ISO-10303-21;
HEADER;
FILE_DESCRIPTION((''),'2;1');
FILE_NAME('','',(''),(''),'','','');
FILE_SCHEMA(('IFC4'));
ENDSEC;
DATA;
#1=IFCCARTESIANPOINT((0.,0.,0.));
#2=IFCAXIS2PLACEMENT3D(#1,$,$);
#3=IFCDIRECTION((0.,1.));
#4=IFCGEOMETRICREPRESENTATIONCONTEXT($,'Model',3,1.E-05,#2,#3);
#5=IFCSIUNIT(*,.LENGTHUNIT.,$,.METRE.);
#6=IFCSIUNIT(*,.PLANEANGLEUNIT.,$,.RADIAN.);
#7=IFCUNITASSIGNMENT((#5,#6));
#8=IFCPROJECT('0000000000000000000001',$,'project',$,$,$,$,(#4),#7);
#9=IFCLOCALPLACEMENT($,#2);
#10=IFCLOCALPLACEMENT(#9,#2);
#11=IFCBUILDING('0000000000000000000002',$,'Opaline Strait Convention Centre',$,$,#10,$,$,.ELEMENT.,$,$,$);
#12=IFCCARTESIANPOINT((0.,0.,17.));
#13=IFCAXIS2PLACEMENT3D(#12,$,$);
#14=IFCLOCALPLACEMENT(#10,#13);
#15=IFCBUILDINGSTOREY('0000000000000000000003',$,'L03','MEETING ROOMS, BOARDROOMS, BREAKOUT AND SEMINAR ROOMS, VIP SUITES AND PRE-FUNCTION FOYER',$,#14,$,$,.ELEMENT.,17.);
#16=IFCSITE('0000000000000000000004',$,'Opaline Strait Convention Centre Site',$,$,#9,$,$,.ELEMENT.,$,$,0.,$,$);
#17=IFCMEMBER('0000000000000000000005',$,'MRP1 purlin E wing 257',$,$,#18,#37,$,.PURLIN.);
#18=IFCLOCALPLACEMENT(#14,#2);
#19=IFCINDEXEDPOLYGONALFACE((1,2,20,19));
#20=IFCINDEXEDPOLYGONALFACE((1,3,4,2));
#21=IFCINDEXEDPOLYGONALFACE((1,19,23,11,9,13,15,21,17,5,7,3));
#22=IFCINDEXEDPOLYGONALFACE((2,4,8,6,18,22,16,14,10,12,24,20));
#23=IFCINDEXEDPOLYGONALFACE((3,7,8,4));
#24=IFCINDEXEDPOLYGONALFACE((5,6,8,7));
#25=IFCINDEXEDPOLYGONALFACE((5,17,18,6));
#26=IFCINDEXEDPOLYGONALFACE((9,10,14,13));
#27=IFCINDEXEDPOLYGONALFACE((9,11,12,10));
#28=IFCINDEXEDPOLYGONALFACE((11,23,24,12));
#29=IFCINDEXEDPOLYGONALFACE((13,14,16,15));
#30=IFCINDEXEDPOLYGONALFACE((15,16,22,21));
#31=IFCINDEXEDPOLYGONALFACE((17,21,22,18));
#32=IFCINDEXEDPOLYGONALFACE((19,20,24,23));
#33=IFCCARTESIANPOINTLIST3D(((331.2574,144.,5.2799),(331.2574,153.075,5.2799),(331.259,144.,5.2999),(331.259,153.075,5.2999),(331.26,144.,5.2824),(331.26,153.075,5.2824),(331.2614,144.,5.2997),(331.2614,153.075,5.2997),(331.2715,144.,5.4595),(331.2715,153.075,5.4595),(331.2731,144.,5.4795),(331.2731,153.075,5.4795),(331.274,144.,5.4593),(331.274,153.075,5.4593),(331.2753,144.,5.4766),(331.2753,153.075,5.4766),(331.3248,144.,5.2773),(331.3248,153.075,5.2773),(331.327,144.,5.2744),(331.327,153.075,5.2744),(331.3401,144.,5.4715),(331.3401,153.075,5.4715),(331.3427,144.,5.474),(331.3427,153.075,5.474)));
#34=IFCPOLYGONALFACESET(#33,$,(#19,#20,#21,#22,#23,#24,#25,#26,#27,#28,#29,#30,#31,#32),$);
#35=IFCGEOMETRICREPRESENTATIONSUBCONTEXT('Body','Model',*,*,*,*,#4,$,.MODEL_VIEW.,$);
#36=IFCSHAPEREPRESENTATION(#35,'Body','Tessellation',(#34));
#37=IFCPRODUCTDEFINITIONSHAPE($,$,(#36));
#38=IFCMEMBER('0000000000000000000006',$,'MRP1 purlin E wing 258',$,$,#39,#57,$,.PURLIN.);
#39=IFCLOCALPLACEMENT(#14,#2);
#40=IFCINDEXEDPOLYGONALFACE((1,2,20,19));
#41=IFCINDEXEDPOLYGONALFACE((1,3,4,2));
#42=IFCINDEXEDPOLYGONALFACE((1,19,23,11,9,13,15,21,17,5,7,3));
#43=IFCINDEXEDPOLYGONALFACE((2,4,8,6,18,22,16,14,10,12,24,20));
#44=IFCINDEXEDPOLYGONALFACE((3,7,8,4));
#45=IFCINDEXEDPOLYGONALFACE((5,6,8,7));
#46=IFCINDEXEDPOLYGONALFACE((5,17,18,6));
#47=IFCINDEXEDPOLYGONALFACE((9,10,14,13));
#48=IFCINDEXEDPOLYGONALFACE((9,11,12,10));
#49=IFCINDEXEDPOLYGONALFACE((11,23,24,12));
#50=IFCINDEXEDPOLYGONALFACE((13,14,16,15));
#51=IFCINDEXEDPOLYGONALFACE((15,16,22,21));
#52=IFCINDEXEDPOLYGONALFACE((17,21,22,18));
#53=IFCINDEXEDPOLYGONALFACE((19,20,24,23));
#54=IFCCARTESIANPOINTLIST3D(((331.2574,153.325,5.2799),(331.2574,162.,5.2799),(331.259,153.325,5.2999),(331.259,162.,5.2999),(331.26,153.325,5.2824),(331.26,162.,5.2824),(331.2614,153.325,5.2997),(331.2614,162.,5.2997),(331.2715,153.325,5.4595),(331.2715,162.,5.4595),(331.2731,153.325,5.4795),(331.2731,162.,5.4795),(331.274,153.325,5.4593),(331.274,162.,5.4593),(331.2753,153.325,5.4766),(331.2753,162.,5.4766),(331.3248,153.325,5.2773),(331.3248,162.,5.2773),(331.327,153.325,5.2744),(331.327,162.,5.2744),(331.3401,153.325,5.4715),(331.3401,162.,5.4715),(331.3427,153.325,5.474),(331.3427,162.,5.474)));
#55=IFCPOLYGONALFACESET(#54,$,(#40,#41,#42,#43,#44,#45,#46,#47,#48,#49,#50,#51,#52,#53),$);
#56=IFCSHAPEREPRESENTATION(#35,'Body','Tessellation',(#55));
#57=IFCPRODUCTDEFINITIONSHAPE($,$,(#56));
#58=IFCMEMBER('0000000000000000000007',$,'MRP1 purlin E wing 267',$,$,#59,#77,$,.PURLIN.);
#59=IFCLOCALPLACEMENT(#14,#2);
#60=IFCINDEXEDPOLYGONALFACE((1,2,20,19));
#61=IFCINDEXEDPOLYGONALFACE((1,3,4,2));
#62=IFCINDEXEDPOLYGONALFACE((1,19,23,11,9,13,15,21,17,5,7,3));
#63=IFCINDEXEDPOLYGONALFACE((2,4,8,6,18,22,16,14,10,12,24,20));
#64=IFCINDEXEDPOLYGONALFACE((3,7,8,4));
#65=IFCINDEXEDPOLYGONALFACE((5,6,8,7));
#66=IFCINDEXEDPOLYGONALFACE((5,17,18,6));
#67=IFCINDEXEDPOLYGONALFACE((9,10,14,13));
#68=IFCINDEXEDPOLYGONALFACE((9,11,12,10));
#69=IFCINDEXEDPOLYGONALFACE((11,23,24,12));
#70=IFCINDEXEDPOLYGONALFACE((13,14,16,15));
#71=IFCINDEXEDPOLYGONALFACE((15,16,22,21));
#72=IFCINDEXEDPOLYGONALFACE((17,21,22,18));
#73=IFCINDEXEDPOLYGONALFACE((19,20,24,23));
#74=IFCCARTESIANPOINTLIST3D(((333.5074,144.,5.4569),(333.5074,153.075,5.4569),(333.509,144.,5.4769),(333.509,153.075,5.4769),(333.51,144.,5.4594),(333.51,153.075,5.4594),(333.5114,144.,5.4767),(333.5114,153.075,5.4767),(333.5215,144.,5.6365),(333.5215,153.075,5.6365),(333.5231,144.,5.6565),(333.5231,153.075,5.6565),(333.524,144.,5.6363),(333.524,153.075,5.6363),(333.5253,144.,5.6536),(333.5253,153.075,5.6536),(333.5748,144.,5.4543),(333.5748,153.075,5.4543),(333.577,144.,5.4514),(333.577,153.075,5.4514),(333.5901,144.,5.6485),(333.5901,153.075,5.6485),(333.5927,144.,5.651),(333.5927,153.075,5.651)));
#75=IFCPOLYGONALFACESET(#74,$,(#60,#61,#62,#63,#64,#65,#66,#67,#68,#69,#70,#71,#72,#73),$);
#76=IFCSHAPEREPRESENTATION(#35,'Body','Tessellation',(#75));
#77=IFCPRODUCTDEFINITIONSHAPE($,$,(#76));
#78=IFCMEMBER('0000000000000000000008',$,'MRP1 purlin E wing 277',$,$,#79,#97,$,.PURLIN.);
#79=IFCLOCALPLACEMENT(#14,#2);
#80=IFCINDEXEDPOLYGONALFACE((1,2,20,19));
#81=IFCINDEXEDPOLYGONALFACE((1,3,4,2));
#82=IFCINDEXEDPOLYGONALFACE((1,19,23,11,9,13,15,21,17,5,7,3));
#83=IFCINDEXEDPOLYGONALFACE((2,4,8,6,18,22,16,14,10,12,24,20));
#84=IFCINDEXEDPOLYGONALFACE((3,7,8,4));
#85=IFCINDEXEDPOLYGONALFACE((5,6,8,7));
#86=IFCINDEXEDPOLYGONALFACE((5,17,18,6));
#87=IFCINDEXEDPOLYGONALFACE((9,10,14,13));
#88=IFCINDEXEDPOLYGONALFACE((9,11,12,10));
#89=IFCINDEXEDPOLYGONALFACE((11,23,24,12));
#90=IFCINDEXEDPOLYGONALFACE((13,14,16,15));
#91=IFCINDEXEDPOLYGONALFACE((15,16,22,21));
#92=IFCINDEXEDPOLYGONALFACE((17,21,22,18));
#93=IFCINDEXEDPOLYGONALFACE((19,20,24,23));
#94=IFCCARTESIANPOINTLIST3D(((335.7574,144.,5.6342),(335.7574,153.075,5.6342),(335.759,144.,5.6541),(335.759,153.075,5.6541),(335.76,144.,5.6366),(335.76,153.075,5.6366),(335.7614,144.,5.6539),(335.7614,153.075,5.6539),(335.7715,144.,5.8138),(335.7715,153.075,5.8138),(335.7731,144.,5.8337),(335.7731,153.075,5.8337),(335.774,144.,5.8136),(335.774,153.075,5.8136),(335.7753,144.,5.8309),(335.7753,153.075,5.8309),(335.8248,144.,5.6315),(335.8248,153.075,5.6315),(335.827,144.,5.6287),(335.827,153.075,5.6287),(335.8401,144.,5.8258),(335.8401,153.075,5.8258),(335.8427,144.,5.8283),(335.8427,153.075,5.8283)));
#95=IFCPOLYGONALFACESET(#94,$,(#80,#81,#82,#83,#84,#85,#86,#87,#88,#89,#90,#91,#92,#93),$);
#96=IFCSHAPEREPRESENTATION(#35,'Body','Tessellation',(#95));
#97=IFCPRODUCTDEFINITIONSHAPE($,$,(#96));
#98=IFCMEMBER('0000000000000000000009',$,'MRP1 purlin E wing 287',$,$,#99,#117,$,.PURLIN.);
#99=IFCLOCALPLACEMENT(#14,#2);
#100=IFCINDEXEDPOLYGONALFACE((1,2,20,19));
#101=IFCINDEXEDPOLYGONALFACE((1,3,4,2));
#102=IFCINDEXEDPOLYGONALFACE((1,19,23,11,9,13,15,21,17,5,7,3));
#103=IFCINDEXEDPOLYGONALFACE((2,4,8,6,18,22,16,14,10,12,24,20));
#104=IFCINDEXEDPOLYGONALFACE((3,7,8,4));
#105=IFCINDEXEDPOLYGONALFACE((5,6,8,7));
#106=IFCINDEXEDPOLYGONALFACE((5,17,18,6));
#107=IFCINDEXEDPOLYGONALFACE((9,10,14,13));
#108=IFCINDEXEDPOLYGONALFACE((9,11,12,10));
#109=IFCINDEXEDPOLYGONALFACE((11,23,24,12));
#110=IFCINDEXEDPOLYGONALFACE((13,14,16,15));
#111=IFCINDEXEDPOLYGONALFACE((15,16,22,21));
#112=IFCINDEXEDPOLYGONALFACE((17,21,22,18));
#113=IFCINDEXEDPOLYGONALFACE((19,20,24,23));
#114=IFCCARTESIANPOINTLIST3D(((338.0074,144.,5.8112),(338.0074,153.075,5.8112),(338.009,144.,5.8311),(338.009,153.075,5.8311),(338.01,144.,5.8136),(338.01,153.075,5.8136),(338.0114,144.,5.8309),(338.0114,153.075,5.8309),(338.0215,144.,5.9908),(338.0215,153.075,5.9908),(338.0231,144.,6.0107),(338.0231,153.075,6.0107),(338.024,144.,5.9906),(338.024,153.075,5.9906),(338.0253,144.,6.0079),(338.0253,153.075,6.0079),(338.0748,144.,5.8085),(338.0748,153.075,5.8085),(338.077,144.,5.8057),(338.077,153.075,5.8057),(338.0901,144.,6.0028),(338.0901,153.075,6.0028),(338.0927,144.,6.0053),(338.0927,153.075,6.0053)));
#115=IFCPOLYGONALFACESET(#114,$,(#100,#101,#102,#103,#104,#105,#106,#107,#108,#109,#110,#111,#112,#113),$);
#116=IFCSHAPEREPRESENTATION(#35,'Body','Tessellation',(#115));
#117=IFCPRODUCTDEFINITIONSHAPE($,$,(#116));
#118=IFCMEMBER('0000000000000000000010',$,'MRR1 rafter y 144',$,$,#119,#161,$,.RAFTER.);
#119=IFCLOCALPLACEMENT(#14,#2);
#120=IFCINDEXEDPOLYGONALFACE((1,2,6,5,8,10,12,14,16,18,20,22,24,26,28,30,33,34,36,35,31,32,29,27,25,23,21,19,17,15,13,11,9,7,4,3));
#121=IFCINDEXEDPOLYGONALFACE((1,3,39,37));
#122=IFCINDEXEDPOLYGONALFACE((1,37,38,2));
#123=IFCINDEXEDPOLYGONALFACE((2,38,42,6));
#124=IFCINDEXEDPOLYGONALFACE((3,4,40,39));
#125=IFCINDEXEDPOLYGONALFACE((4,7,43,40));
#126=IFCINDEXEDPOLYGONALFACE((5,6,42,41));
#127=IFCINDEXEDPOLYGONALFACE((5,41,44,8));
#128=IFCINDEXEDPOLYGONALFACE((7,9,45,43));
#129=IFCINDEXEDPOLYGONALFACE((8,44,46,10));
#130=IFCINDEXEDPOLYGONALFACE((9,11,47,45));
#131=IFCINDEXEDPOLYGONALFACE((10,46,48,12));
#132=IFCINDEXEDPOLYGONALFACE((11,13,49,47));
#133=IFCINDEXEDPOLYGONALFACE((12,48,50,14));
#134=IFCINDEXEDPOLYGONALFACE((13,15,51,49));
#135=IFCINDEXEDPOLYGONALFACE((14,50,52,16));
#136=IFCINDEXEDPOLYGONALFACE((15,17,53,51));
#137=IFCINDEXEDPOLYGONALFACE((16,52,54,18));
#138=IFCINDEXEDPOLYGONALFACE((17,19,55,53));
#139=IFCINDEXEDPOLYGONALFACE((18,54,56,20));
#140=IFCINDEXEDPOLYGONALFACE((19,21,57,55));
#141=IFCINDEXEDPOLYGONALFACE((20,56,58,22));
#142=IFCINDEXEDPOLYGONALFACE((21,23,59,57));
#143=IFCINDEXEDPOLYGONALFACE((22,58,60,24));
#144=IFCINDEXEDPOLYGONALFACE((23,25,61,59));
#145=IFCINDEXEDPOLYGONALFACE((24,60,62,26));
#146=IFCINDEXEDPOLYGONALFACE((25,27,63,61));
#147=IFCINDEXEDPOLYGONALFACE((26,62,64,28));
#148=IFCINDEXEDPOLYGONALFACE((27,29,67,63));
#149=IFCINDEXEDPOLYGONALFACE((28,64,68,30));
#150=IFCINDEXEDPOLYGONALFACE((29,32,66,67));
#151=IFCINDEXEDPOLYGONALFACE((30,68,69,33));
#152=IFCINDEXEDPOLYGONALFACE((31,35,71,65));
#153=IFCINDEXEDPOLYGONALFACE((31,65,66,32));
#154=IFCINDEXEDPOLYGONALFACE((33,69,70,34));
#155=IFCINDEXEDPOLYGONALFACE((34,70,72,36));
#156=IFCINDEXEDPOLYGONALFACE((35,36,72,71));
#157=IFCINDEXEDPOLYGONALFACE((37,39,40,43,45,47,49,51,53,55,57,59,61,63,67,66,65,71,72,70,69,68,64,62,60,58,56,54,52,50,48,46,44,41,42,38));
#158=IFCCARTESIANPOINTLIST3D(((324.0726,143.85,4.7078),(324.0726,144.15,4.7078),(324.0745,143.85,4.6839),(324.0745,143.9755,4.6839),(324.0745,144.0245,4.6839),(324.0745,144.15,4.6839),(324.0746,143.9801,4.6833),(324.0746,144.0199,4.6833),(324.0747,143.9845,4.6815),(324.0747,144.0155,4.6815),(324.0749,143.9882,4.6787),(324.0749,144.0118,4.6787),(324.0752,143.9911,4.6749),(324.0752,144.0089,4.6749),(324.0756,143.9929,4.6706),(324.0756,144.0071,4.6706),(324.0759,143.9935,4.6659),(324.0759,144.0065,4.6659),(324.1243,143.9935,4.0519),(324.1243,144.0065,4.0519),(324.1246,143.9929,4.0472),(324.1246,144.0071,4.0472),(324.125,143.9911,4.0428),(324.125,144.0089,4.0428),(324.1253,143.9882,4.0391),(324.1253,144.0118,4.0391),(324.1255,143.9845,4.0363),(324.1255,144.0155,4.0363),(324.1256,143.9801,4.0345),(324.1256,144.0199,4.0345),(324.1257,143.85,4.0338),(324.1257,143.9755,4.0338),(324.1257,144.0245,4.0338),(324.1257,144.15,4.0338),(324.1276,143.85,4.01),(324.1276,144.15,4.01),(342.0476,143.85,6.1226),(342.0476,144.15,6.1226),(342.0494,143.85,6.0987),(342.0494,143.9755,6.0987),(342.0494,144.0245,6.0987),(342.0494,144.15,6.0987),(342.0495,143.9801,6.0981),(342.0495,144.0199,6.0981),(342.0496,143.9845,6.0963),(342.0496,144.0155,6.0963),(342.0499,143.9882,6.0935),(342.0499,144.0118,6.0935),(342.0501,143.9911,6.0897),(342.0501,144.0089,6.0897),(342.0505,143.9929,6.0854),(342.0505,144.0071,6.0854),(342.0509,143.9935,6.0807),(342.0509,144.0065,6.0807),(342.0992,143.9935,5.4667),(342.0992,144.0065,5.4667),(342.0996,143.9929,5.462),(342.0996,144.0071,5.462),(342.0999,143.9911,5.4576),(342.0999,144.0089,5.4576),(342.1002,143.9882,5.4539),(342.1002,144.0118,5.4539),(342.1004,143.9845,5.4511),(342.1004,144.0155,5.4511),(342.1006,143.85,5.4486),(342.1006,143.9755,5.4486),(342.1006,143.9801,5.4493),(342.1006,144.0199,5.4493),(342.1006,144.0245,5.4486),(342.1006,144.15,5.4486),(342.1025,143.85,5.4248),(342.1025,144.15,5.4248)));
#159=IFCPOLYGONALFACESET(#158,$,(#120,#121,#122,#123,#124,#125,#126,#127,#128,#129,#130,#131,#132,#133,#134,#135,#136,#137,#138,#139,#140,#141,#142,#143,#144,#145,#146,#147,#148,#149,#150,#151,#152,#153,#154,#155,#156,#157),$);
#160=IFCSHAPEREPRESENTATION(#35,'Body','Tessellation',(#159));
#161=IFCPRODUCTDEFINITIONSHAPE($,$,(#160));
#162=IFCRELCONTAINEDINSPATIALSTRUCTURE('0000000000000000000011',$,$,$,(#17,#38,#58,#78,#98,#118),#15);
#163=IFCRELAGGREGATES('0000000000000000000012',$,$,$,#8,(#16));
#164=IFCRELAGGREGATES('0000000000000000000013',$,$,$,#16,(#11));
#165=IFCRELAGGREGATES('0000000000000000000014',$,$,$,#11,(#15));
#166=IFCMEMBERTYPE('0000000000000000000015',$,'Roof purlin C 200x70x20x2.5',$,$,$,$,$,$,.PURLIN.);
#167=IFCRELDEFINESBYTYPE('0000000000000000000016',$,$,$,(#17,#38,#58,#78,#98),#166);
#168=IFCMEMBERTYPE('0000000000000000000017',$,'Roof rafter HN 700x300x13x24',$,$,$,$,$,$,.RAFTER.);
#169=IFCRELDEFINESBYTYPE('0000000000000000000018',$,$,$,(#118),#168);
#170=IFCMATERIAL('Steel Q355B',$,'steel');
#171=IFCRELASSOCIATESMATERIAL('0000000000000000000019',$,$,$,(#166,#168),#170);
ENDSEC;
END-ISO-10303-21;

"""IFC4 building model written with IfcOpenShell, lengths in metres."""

from ifc_helpers import new_model, si_unit, direction, frame, origin, origin_2d, place, context, subcontext, project, spatial, polyline, i_section, outline, extrude, material, material_profile, profile_set, type_object, element, save


model = new_model("IFC4")

# Units and contexts
model_context = context("Model", 3, precision=1e-05, world=origin(), true_north=direction((0.0, 1.0)))
body_context = subcontext(model_context, "Body", "Model", "MODEL_VIEW")
ifc_project = project(units=[si_unit("LENGTHUNIT", "METRE"), si_unit("PLANEANGLEUNIT", "RADIAN")], contexts=[model_context])

# Site, building, storey
site_placement = place(None, origin())
site = spatial("IfcSite", under=ifc_project, at=site_placement, Name="Opaline Strait Convention Centre Site", CompositionType="ELEMENT", RefElevation=0.0)
building_placement = place(site_placement, origin())
building = spatial("IfcBuilding", under=site, at=building_placement, Name="Opaline Strait Convention Centre", CompositionType="ELEMENT")
storey_placement = place(building_placement, frame((0.0, 0.0, 17.0)))
storey = spatial("IfcBuildingStorey", under=building, at=storey_placement, Name="L03", Description="MEETING ROOMS, BOARDROOMS, BREAKOUT AND SEMINAR ROOMS, VIP SUITES AND PRE-FUNCTION FOYER", CompositionType="ELEMENT", Elevation=17.0)

# Members
ifc_material_1 = material(Name="Steel Q355B", Category="steel")
ifc_material_profile_1 = material_profile(ifc_material_1, outline(polyline([(-0.0349, -0.1001), (0.0349, -0.1001), (0.0349, -0.0801), (0.0325, -0.0801), (0.0325, -0.0974), (-0.0325, -0.0974), (-0.0325, 0.0974), (0.0325, 0.0974), (0.0325, 0.0801), (0.0349, 0.0801), (0.0349, 0.1001), (-0.0349, 0.1001), (-0.0349, -0.1001)])), Name="C 200x70x20x2.5")
ifc_profile_set_1 = profile_set([ifc_material_profile_1], Name="Steel Q355B")
member_type_1 = type_object("IfcMemberType", Name="Roof purlin C 200x70x20x2.5", PredefinedType="PURLIN", material=ifc_profile_set_1)
member_1_placement = place(storey_placement, frame((331.3, 144.0, 5.377), z_axis=(0.0, 1.0, 0.0), x_axis=(-0.996917, 0.0, 0.078459)))
element("IfcMember", 1, at=member_1_placement, inside=storey, type_object=member_type_1, Name="MRP1 purlin E wing 257", PredefinedType="PURLIN", context=body_context, shape_type="SweptSolid", body=[
    extrude(outline(polyline([(-0.0349, -0.1001), (0.0349, -0.1001), (0.0349, -0.0801), (0.0325, -0.0801), (0.0325, -0.0974), (-0.0325, -0.0974), (-0.0325, 0.0974), (0.0325, 0.0974), (0.0325, 0.0801), (0.0349, 0.0801), (0.0349, 0.1001), (-0.0349, 0.1001), (-0.0349, -0.1001)])), origin(), (0.0, 0.0, 1.0), 9.075),
])
member_2_placement = place(storey_placement, frame((331.3, 153.325, 5.377), z_axis=(0.0, 1.0, 0.0), x_axis=(-0.996917, 0.0, 0.078459)))
element("IfcMember", 2, at=member_2_placement, inside=storey, type_object=member_type_1, Name="MRP1 purlin E wing 258", PredefinedType="PURLIN", context=body_context, shape_type="SweptSolid", body=[
    extrude(outline(polyline([(-0.0349, -0.1001), (0.0349, -0.1001), (0.0349, -0.0801), (0.0325, -0.0801), (0.0325, -0.0974), (-0.0325, -0.0974), (-0.0325, 0.0974), (0.0325, 0.0974), (0.0325, 0.0801), (0.0349, 0.0801), (0.0349, 0.1001), (-0.0349, 0.1001), (-0.0349, -0.1001)])), origin(), (0.0, 0.0, 1.0), 8.675),
])
for number, where, z_axis, x_axis, name in (
    (3, (333.55, 144.0, 5.554), (0.0, 1.0, 0.0), (-0.996917, 0.0, 0.078459), "MRP1 purlin E wing 267"),
    (4, (335.8, 144.0, 5.7312), (0.0, 1.0, 0.0), (-0.996917, 0.0, 0.078459), "MRP1 purlin E wing 277"),
    (5, (338.05, 144.0, 5.9082), (0.0, 1.0, 0.0), (-0.996917, 0.0, 0.078459), "MRP1 purlin E wing 287"),
):
    element("IfcMember", number, at=place(storey_placement, frame(where, z_axis=z_axis, x_axis=x_axis)), inside=storey, type_object=member_type_1, Name=name, PredefinedType="PURLIN", context=body_context, shape_type="SweptSolid", body=[
        extrude(outline(polyline([(-0.0349, -0.1001), (0.0349, -0.1001), (0.0349, -0.0801), (0.0325, -0.0801), (0.0325, -0.0974), (-0.0325, -0.0974), (-0.0325, 0.0974), (0.0325, 0.0974), (0.0325, 0.0801), (0.0349, 0.0801), (0.0349, 0.1001), (-0.0349, 0.1001), (-0.0349, -0.1001)])), origin(), (0.0, 0.0, 1.0), 9.075),
    ])
ifc_material_profile_2 = material_profile(ifc_material_1, i_section(OverallWidth=0.3, OverallDepth=0.7, WebThickness=0.0129, FlangeThickness=0.0239, FilletRadius=0.0181, at=origin_2d()), Name="HN 700x300x13x24")
ifc_profile_set_2 = profile_set([ifc_material_profile_2], Name="Steel Q355B")
member_type_2 = type_object("IfcMemberType", Name="Roof rafter HN 700x300x13x24", PredefinedType="RAFTER", material=ifc_profile_set_2)
member_3_placement = place(storey_placement, frame((324.1001, 144.0, 4.3589), z_axis=(0.996917, 0.0, 0.078467), x_axis=(0.0, 1.0, 0.0)))
element("IfcMember", 6, at=member_3_placement, inside=storey, type_object=member_type_2, Name="MRR1 rafter y 144", PredefinedType="RAFTER", context=body_context, shape_type="SweptSolid", body=[
    extrude(i_section(OverallWidth=0.3, OverallDepth=0.7, WebThickness=0.0129, FlangeThickness=0.0239, FilletRadius=0.0181, at=origin_2d()), origin(), (0.0, 0.0, 1.0), 18.0305),
])

save(model, "model.ifc")
